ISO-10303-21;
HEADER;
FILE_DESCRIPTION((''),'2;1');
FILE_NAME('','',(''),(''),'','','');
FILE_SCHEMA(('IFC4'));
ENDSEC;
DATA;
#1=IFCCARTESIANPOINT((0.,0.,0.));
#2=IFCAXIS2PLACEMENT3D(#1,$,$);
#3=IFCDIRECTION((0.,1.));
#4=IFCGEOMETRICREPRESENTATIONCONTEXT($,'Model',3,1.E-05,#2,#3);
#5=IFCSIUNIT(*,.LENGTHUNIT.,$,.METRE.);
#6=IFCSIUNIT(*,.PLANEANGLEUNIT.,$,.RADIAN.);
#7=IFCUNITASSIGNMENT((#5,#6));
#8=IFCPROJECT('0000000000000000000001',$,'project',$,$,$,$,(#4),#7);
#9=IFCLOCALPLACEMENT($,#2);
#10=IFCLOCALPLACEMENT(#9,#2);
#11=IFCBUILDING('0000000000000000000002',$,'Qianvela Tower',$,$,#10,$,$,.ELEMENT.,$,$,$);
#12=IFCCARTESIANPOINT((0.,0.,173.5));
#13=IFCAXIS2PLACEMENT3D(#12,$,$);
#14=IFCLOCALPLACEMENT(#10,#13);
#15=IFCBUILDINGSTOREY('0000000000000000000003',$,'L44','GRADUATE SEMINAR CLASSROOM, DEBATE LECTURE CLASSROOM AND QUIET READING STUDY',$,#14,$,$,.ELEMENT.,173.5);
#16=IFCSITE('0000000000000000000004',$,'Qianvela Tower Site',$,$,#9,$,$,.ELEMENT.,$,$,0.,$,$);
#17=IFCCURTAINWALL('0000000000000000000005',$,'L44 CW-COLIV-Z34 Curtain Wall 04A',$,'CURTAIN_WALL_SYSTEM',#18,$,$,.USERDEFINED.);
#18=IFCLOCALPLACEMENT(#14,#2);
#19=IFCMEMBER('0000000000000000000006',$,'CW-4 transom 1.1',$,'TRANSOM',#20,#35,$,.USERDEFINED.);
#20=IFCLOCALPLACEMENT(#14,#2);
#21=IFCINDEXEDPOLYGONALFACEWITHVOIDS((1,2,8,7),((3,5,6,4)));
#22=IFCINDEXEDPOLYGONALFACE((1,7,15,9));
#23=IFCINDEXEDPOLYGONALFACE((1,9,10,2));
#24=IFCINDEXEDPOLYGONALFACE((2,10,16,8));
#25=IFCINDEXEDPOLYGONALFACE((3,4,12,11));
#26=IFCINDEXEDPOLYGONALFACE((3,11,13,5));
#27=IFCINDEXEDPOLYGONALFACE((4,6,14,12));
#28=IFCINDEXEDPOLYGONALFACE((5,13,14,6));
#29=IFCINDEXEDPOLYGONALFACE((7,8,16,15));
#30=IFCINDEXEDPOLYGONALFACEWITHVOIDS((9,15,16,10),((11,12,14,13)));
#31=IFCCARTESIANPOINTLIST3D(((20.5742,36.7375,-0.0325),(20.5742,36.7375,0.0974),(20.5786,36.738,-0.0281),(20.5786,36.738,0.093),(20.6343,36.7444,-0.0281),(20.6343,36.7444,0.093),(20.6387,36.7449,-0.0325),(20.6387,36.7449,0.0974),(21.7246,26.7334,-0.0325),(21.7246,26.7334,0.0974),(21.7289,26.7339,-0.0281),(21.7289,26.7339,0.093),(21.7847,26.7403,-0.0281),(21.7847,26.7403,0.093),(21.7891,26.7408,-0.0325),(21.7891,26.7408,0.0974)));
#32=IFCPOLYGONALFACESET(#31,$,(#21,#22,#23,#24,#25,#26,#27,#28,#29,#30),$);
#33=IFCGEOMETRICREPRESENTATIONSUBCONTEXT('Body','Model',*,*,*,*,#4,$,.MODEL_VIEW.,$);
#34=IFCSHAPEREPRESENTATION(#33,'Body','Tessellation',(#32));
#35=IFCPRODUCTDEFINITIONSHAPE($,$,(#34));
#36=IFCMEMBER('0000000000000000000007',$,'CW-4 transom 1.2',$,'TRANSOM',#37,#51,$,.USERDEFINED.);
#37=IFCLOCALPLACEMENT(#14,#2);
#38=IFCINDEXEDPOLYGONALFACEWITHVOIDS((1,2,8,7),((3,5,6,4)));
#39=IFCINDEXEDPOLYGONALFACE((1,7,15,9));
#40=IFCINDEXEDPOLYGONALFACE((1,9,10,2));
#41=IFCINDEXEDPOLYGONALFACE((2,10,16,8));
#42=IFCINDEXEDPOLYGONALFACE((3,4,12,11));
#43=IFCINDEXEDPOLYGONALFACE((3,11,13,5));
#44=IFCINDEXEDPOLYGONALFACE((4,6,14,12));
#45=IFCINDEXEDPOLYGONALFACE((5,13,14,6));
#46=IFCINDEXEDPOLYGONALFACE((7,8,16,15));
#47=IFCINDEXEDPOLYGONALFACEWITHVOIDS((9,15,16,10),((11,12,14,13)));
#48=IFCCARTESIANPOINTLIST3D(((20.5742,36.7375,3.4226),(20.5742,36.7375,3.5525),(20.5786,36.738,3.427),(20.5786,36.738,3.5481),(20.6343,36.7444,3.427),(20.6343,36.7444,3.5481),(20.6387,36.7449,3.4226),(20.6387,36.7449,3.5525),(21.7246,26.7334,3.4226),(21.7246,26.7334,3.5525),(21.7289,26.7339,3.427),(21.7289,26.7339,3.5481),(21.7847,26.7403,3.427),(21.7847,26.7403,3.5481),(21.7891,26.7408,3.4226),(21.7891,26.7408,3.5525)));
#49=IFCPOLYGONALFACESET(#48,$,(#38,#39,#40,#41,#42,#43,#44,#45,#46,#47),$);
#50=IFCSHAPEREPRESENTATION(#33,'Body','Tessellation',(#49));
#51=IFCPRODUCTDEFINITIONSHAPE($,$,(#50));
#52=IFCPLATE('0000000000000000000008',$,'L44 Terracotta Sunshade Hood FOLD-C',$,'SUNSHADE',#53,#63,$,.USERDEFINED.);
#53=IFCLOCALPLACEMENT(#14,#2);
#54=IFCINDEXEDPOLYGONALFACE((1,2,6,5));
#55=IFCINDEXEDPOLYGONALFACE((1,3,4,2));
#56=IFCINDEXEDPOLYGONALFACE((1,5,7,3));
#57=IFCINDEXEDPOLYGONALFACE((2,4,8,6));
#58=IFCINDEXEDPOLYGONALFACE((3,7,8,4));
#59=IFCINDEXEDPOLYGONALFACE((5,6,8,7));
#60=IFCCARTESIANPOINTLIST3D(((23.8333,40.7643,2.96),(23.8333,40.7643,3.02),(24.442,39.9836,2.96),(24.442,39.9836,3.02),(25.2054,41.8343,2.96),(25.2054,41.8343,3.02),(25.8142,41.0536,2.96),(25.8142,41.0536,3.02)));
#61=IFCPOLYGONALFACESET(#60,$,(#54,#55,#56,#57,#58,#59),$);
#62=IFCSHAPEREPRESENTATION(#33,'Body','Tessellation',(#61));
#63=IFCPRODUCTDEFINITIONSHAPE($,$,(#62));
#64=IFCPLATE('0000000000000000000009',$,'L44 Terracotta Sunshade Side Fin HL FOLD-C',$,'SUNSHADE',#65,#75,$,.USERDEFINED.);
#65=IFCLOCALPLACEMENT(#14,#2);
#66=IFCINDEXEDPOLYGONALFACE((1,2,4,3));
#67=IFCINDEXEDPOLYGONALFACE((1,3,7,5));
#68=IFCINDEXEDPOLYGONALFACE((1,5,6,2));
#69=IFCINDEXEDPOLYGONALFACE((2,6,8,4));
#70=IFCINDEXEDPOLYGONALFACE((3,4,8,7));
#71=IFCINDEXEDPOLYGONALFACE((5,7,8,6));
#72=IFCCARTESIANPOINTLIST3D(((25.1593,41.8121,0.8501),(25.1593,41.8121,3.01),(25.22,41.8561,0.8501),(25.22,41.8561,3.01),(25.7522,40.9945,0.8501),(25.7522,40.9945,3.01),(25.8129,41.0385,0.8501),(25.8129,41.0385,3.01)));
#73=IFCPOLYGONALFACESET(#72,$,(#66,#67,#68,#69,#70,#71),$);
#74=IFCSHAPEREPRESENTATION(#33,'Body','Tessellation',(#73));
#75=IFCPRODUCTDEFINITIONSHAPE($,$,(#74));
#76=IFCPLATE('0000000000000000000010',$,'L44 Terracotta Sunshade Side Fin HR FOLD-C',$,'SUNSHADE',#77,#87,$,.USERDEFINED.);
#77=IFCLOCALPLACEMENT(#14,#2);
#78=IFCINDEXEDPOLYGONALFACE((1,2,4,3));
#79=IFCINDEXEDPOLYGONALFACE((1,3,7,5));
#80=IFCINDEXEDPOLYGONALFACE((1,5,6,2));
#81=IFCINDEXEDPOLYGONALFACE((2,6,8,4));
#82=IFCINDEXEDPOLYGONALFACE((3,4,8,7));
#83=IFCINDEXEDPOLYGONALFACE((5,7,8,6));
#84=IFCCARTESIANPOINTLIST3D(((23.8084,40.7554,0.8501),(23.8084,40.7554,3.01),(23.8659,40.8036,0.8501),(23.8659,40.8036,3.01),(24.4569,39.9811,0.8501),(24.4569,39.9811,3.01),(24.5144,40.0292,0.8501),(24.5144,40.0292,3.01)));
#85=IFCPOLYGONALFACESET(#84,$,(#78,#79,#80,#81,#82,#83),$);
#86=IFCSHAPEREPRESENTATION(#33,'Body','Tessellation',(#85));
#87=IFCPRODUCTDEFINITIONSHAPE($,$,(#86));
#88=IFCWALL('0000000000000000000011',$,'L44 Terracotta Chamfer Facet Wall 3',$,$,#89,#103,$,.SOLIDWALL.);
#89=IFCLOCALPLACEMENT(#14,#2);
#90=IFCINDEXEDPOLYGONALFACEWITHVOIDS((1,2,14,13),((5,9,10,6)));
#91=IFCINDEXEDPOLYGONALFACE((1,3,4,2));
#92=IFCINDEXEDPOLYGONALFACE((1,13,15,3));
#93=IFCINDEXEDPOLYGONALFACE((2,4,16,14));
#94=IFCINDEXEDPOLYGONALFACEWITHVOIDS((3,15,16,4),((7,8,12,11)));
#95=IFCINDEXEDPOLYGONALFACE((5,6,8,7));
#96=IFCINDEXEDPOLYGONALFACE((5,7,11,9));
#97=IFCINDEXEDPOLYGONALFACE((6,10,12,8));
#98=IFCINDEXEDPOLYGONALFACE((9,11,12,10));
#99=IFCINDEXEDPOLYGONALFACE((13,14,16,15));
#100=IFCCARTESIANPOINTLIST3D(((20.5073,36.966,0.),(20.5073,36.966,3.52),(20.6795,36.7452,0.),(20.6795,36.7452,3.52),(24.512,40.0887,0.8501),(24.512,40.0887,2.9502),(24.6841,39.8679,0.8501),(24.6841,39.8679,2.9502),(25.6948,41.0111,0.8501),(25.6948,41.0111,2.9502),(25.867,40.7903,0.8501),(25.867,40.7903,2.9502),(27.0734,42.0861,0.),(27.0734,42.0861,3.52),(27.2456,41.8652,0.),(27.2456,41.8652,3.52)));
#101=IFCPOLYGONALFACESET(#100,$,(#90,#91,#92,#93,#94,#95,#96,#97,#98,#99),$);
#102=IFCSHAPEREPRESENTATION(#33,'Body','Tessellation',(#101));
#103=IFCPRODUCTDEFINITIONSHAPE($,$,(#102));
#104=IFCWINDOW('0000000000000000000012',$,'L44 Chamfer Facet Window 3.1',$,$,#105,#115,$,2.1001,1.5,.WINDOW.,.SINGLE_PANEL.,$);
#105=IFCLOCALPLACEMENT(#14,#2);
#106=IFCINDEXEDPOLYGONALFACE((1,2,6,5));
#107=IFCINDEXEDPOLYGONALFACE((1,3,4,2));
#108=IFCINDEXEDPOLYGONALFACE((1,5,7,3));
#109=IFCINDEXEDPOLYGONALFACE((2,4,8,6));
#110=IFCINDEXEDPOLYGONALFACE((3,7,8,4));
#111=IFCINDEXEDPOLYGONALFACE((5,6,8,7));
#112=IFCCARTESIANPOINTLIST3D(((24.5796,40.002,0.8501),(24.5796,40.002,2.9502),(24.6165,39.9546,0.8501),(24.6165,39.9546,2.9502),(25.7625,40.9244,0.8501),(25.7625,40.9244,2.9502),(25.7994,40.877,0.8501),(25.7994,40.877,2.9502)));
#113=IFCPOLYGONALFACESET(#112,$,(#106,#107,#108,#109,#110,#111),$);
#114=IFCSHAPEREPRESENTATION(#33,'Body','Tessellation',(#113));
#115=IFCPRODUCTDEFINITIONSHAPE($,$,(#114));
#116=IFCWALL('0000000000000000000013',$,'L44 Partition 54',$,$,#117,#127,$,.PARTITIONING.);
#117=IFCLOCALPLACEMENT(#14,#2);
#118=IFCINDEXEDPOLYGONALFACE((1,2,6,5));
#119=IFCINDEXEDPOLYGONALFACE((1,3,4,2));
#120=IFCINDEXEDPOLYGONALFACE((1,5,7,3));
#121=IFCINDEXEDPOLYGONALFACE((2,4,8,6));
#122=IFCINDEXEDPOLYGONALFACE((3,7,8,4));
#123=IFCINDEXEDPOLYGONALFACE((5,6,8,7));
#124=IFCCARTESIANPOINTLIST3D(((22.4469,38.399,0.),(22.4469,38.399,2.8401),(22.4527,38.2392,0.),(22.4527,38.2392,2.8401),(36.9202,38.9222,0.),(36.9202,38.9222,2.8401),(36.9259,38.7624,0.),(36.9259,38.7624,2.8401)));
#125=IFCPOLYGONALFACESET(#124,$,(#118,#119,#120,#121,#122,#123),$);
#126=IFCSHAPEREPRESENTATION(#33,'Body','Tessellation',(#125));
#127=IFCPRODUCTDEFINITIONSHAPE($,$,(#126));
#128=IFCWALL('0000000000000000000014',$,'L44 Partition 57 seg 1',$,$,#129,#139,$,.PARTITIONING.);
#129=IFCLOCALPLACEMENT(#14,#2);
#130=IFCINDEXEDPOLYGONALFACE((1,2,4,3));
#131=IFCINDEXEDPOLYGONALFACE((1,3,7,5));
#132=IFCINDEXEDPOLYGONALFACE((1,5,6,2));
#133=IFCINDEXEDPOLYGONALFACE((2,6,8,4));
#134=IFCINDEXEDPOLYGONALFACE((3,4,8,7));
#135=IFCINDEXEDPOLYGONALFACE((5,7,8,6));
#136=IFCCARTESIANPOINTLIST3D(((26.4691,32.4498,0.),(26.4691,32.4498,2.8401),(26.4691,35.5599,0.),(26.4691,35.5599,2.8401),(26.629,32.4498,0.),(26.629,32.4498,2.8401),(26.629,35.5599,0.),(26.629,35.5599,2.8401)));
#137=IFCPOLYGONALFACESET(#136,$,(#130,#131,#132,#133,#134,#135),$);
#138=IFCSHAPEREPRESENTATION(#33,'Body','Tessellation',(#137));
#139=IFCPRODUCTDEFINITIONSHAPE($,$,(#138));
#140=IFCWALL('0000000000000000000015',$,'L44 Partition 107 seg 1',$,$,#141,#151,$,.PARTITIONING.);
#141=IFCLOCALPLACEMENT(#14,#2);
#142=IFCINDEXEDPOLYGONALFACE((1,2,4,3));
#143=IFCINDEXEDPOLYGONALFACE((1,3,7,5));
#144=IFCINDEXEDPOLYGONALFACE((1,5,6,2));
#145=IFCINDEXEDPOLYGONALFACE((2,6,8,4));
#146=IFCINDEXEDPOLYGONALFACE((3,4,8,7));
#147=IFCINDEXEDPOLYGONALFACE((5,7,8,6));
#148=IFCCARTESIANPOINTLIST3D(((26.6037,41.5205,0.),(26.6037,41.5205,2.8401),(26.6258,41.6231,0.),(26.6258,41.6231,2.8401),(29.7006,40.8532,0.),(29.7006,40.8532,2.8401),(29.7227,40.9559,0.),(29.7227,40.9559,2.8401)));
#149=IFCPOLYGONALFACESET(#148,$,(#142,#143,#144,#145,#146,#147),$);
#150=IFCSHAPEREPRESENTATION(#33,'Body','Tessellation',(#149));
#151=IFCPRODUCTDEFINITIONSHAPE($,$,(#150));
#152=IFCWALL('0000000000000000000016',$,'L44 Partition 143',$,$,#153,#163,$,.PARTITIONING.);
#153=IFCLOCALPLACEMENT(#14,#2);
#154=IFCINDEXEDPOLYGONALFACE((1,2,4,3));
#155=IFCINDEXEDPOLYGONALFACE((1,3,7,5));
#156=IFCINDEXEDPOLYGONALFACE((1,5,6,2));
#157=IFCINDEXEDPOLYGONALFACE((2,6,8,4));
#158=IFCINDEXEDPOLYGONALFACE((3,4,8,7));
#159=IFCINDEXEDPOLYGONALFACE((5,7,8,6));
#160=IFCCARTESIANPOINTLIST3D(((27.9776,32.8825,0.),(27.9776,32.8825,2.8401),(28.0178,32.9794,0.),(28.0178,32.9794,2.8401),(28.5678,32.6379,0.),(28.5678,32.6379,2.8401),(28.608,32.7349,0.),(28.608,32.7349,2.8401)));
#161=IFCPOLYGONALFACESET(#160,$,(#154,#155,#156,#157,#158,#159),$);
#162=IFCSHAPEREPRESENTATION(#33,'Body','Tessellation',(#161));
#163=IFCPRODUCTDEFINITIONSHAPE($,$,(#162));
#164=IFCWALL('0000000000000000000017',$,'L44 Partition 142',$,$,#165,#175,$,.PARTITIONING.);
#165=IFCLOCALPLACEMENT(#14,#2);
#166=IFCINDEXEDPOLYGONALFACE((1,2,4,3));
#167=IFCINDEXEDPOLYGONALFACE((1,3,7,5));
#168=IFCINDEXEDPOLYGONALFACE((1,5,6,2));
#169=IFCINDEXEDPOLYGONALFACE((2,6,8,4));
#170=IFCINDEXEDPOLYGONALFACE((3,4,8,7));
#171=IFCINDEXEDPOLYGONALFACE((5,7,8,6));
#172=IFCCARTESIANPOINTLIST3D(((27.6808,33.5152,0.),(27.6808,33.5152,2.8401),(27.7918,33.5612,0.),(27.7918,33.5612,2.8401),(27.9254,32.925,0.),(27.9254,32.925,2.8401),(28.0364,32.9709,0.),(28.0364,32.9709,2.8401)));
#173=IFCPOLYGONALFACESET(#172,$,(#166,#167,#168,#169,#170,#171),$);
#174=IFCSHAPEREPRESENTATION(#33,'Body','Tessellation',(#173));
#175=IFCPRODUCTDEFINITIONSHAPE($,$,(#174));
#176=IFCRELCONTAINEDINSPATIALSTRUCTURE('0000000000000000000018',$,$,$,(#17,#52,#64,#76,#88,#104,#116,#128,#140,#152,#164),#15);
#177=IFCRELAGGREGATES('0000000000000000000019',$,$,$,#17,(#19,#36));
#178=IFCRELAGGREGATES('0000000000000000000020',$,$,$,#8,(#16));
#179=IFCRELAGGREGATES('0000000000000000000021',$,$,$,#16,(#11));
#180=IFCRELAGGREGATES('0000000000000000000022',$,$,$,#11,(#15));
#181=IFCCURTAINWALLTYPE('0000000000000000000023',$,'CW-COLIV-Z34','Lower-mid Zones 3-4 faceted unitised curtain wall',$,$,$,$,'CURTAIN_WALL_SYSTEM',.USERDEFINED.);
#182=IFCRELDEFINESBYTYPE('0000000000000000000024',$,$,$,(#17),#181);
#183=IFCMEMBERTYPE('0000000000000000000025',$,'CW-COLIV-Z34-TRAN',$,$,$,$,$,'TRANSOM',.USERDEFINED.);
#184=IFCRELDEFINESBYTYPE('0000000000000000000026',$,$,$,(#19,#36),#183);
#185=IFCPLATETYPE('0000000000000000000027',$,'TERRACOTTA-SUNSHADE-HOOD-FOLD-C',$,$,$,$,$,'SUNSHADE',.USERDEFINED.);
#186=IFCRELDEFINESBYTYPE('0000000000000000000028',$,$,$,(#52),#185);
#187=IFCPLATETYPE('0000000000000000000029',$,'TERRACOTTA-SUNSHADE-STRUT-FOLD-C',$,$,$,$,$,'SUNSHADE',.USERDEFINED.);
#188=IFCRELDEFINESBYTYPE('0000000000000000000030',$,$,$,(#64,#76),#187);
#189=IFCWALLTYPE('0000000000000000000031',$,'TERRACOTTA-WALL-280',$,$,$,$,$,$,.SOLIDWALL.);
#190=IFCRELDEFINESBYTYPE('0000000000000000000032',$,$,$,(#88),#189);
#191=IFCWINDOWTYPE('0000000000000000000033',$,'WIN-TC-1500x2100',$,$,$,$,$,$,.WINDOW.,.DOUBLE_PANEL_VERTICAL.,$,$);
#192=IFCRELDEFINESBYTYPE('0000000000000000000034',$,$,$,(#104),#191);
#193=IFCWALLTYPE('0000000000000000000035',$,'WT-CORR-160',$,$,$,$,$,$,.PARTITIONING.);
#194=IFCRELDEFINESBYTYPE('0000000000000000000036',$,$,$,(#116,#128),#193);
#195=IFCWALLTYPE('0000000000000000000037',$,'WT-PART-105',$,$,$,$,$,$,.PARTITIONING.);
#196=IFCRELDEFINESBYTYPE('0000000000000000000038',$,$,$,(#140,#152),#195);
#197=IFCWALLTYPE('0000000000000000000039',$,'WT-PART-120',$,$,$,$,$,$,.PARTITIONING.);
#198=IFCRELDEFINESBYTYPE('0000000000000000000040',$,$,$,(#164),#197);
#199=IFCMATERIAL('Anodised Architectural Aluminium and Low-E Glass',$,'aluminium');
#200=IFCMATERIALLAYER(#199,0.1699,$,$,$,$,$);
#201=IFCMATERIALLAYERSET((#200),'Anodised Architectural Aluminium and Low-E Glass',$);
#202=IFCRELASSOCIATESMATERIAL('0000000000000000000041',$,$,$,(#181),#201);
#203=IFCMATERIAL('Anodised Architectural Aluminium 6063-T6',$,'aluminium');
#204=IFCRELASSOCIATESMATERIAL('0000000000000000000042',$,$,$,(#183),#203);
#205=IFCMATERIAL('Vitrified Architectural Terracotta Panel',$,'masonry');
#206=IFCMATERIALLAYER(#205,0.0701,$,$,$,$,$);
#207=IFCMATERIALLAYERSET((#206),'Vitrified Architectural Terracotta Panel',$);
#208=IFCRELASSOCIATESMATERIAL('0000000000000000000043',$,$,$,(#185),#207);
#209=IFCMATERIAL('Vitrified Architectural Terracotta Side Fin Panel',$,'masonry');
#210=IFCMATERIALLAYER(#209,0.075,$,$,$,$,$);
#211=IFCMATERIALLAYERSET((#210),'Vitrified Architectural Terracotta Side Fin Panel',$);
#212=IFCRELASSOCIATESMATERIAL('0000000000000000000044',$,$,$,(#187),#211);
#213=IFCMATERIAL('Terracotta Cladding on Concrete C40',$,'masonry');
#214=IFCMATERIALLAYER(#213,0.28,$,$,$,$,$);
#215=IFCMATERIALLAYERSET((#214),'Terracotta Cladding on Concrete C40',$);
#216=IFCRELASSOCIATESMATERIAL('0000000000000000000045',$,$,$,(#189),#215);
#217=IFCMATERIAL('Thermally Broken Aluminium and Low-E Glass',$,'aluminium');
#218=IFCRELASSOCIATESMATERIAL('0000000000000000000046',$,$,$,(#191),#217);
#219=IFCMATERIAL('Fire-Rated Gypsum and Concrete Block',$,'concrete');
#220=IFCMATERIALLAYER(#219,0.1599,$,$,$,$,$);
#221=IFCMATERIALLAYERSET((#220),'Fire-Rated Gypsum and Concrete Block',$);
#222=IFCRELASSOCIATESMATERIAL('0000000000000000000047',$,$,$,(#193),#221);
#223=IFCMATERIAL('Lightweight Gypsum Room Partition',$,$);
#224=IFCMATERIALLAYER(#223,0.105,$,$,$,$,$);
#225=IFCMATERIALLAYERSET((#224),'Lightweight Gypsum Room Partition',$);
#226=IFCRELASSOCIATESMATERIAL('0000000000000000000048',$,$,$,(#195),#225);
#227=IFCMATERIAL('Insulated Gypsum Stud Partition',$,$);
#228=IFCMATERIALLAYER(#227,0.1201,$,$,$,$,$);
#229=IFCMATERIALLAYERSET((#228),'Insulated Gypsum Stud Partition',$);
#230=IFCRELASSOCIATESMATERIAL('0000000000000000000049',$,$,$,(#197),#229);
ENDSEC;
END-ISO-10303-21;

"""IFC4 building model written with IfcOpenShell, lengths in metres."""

from ifc_helpers import new_model, si_unit, direction, frame, frame_2d, origin, origin_2d, place, context, subcontext, project, spatial, rectangle, hollow_rectangle, extrude, material, layer, layer_set, material_profile, profile_set, type_object, element, fill, aggregate, save


model = new_model("IFC4")

# Units and contexts
model_context = context("Model", 3, precision=1e-05, world=origin(), true_north=direction((0.0, 1.0)))
body_context = subcontext(model_context, "Body", "Model", "MODEL_VIEW")
ifc_project = project(units=[si_unit("LENGTHUNIT", "METRE"), si_unit("PLANEANGLEUNIT", "RADIAN")], contexts=[model_context])

# Site, building, storey
site_placement = place(None, origin())
site = spatial("IfcSite", under=ifc_project, at=site_placement, Name="Qianvela Tower Site", CompositionType="ELEMENT", RefElevation=0.0)
building_placement = place(site_placement, origin())
building = spatial("IfcBuilding", under=site, at=building_placement, Name="Qianvela Tower", CompositionType="ELEMENT")
storey_placement = place(building_placement, frame((0.0, 0.0, 173.5)))
storey = spatial("IfcBuildingStorey", under=building, at=storey_placement, Name="L44", Description="GRADUATE SEMINAR CLASSROOM, DEBATE LECTURE CLASSROOM AND QUIET READING STUDY", CompositionType="ELEMENT", Elevation=173.5)

# Shared definitions
ifc_material_1 = material(Name="Anodised Architectural Aluminium and Low-E Glass", Category="aluminium")
ifc_layer_1 = layer(ifc_material_1, 0.1699)
ifc_layer_set_1 = layer_set([ifc_layer_1], Name="Anodised Architectural Aluminium and Low-E Glass")
curtain_wall_type = type_object("IfcCurtainWallType", Name="CW-COLIV-Z34", Description="Lower-mid Zones 3-4 faceted unitised curtain wall", ElementType="CURTAIN_WALL_SYSTEM", PredefinedType="USERDEFINED", material=ifc_layer_set_1)

# Curtain wall, members
curtain_wall_1_placement = place(storey_placement, origin())
curtain_wall_1 = element("IfcCurtainWall", 1, at=curtain_wall_1_placement, inside=storey, type_object=curtain_wall_type, Name="L44 CW-COLIV-Z34 Curtain Wall 04A", ObjectType="CURTAIN_WALL_SYSTEM", PredefinedType="USERDEFINED")
ifc_material_2 = material(Name="Anodised Architectural Aluminium 6063-T6", Category="aluminium")
ifc_material_profile_1 = material_profile(ifc_material_2, hollow_rectangle(XDim=0.0649, YDim=0.1299, WallThickness=0.0044, at=origin_2d()), Name="ALU-TRAN-65x130")
ifc_profile_set_1 = profile_set([ifc_material_profile_1], Name="Anodised Architectural Aluminium 6063-T6")
member_type_1 = type_object("IfcMemberType", Name="CW-COLIV-Z34-TRAN", ElementType="TRANSOM", PredefinedType="USERDEFINED", material=ifc_profile_set_1)
member_1_placement = place(storey_placement, frame((20.6064, 36.7412, 0.0325), z_axis=(0.114239, -0.993453, 0.0), x_axis=(0.993453, 0.114239, 0.0)))
member_1 = element("IfcMember", 2, at=member_1_placement, type_object=member_type_1, Name="CW-4 transom 1.1", ObjectType="TRANSOM", PredefinedType="USERDEFINED", context=body_context, shape_type="SweptSolid", body=[
    extrude(hollow_rectangle(XDim=0.0649, YDim=0.1299, WallThickness=0.0044, at=origin_2d()), origin(), (0.0, 0.0, 1.0), 10.0701),
])
member_2_placement = place(storey_placement, frame((20.6064, 36.7412, 3.4875), z_axis=(0.114239, -0.993453, 0.0), x_axis=(0.993453, 0.114239, 0.0)))
member_2 = element("IfcMember", 3, at=member_2_placement, type_object=member_type_1, Name="CW-4 transom 1.2", ObjectType="TRANSOM", PredefinedType="USERDEFINED", context=body_context, shape_type="SweptSolid", body=[
    extrude(hollow_rectangle(XDim=0.0649, YDim=0.1299, WallThickness=0.0044, at=origin_2d()), origin(), (0.0, 0.0, 1.0), 10.0701),
])
aggregate(curtain_wall_1, [member_1, member_2])

# Plates
ifc_material_3 = material(Name="Vitrified Architectural Terracotta Panel", Category="masonry")
ifc_layer_2 = layer(ifc_material_3, 0.0701)
ifc_layer_set_2 = layer_set([ifc_layer_2], Name="Vitrified Architectural Terracotta Panel")
plate_type_1 = type_object("IfcPlateType", Name="TERRACOTTA-SUNSHADE-HOOD-FOLD-C", ElementType="SUNSHADE", PredefinedType="USERDEFINED", material=ifc_layer_set_2)
plate_placement = place(storey_placement, frame((24.8237, 40.9089, 2.96), z_axis=(0.0, 0.0, 1.0), x_axis=(-0.788591, -0.614919, 0.0)))
element("IfcPlate", 4, at=plate_placement, inside=storey, type_object=plate_type_1, Name="L44 Terracotta Sunshade Hood FOLD-C", ObjectType="SUNSHADE", PredefinedType="USERDEFINED", context=body_context, shape_type="SweptSolid", body=[
    extrude(rectangle(XDim=1.74, YDim=0.99, at=origin_2d()), origin(), (0.0, 0.0, 1.0), 0.0601),
])
ifc_material_4 = material(Name="Vitrified Architectural Terracotta Side Fin Panel", Category="masonry")
ifc_layer_3 = layer(ifc_material_4, 0.075)
ifc_layer_set_3 = layer_set([ifc_layer_3], Name="Vitrified Architectural Terracotta Side Fin Panel")
plate_type_2 = type_object("IfcPlateType", Name="TERRACOTTA-SUNSHADE-STRUT-FOLD-C", ElementType="SUNSHADE", PredefinedType="USERDEFINED", material=ifc_layer_set_3)
for number, where, z_axis, x_axis, name in (
    (5, (25.4861, 41.4253, 0.8501), (0.0, 0.0, 1.0), (-0.809571, -0.587023, 0.0), "L44 Terracotta Sunshade Side Fin HL FOLD-C"),
    (6, (24.1614, 40.3923, 0.8501), (0.0, 0.0, 1.0), (-0.76665, -0.642065, 0.0), "L44 Terracotta Sunshade Side Fin HR FOLD-C"),
):
    element("IfcPlate", number, at=place(storey_placement, frame(where, z_axis=z_axis, x_axis=x_axis)), inside=storey, type_object=plate_type_2, Name=name, ObjectType="SUNSHADE", PredefinedType="USERDEFINED", context=body_context, shape_type="SweptSolid", body=[
        extrude(rectangle(XDim=0.075, YDim=1.01, at=origin_2d()), origin(), (0.0, 0.0, 1.0), 2.1599),
    ])

# Wall, opening, window
ifc_material_5 = material(Name="Terracotta Cladding on Concrete C40", Category="masonry")
ifc_layer_4 = layer(ifc_material_5, 0.28)
ifc_layer_set_4 = layer_set([ifc_layer_4], Name="Terracotta Cladding on Concrete C40")
wall_type_1 = type_object("IfcWallType", Name="TERRACOTTA-WALL-280", PredefinedType="SOLIDWALL", material=ifc_layer_set_4)
wall_1_placement = place(storey_placement, frame((27.1594, 41.9756, 0.0), z_axis=(0.0, 0.0, 1.0), x_axis=(-0.788589, -0.614921, 0.0)))
wall_1 = element("IfcWall", 7, at=wall_1_placement, inside=storey, type_object=wall_type_1, Name="L44 Terracotta Chamfer Facet Wall 3", PredefinedType="SOLIDWALL", context=body_context, shape_type="SweptSolid", body=[
    extrude(rectangle(XDim=8.3264, YDim=0.28, at=frame_2d((4.1631, 0.0))), origin(), (0.0, 0.0, 1.0), 3.52),
])
opening_placement = place(wall_1_placement, frame((1.748, 0.0, 0.8501)))
opening = element("IfcOpeningElement", 8, at=opening_placement, cuts=wall_1, PredefinedType="OPENING", context=body_context, shape_type="SweptSolid", body=[
    extrude(rectangle(XDim=1.5, YDim=2.1001, at=frame_2d((0.75, 1.05))), frame((0.0, 0.1499, 0.0), z_axis=(0.0, -1.0, 0.0), x_axis=(1.0, 0.0, 0.0)), (0.0, 0.0, 1.0), 0.3),
])
ifc_material_6 = material(Name="Thermally Broken Aluminium and Low-E Glass", Category="aluminium")
window_type = type_object("IfcWindowType", Name="WIN-TC-1500x2100", PartitioningType="DOUBLE_PANEL_VERTICAL", PredefinedType="WINDOW", material=ifc_material_6)
window_placement = place(opening_placement, origin())
window = element("IfcWindow", 9, at=window_placement, inside=storey, type_object=window_type, Name="L44 Chamfer Facet Window 3.1", OverallHeight=2.1001, OverallWidth=1.5, PartitioningType="SINGLE_PANEL", PredefinedType="WINDOW", context=body_context, shape_type="SweptSolid", body=[
    extrude(rectangle(XDim=1.5, YDim=2.1001, at=frame_2d((0.75, 1.05))), frame((0.0, 0.03, 0.0), z_axis=(0.0, -1.0, 0.0), x_axis=(1.0, 0.0, 0.0)), (0.0, 0.0, 1.0), 0.0601),
])
fill(opening, window)

# Walls
ifc_material_7 = material(Name="Fire-Rated Gypsum and Concrete Block", Category="concrete")
ifc_layer_5 = layer(ifc_material_7, 0.1599)
ifc_layer_set_5 = layer_set([ifc_layer_5], Name="Fire-Rated Gypsum and Concrete Block")
wall_type_2 = type_object("IfcWallType", Name="WT-CORR-160", PredefinedType="PARTITIONING", material=ifc_layer_set_5)
wall_2_placement = place(storey_placement, frame((22.45, 38.3191, 0.0), z_axis=(0.0, 0.0, 1.0), x_axis=(0.999347, 0.036126, 0.0)))
element("IfcWall", 10, at=wall_2_placement, inside=storey, type_object=wall_type_2, Name="L44 Partition 54", PredefinedType="PARTITIONING", context=body_context, shape_type="SweptSolid", body=[
    extrude(rectangle(XDim=14.4827, YDim=0.1599, at=frame_2d((7.2412, 0.0))), origin(), (0.0, 0.0, 1.0), 2.8401),
])
wall_3_placement = place(storey_placement, frame((26.5491, 35.5601, 0.0), z_axis=(0.0, 0.0, 1.0), x_axis=(0.0, -1.0, 0.0)))
element("IfcWall", 11, at=wall_3_placement, inside=storey, type_object=wall_type_2, Name="L44 Partition 57 seg 1", PredefinedType="PARTITIONING", context=body_context, shape_type="SweptSolid", body=[
    extrude(rectangle(XDim=3.1101, YDim=0.1599, at=frame_2d((1.5552, 0.0))), origin(), (0.0, 0.0, 1.0), 2.8401),
])
ifc_material_8 = material(Name="Lightweight Gypsum Room Partition")
ifc_layer_6 = layer(ifc_material_8, 0.105)
ifc_layer_set_6 = layer_set([ifc_layer_6], Name="Lightweight Gypsum Room Partition")
wall_type_3 = type_object("IfcWallType", Name="WT-PART-105", PredefinedType="PARTITIONING", material=ifc_layer_set_6)
wall_4_placement = place(storey_placement, frame((26.6147, 41.5718, 0.0), z_axis=(0.0, 0.0, 1.0), x_axis=(0.977568, -0.210618, 0.0)))
element("IfcWall", 12, at=wall_4_placement, inside=storey, type_object=wall_type_3, Name="L44 Partition 107 seg 1", PredefinedType="PARTITIONING", context=body_context, shape_type="SweptSolid", body=[
    extrude(rectangle(XDim=3.168, YDim=0.105, at=frame_2d((1.584, 0.0))), origin(), (0.0, 0.0, 1.0), 2.8401),
])
wall_5_placement = place(storey_placement, frame((27.9978, 32.9309, 0.0), z_axis=(0.0, 0.0, 1.0), x_axis=(0.923821, -0.382824, 0.0)))
element("IfcWall", 13, at=wall_5_placement, inside=storey, type_object=wall_type_3, Name="L44 Partition 143", PredefinedType="PARTITIONING", context=body_context, shape_type="SweptSolid", body=[
    extrude(rectangle(XDim=0.6389, YDim=0.105, at=frame_2d((0.3193, 0.0))), origin(), (0.0, 0.0, 1.0), 2.8401),
])
ifc_material_9 = material(Name="Insulated Gypsum Stud Partition")
ifc_layer_7 = layer(ifc_material_9, 0.1201)
ifc_layer_set_7 = layer_set([ifc_layer_7], Name="Insulated Gypsum Stud Partition")
wall_type_4 = type_object("IfcWallType", Name="WT-PART-120", PredefinedType="PARTITIONING", material=ifc_layer_set_7)
wall_6_placement = place(storey_placement, frame((27.7363, 33.5381, 0.0), z_axis=(0.0, 0.0, 1.0), x_axis=(0.382824, -0.923821, 0.0)))
element("IfcWall", 14, at=wall_6_placement, inside=storey, type_object=wall_type_4, Name="L44 Partition 142", PredefinedType="PARTITIONING", context=body_context, shape_type="SweptSolid", body=[
    extrude(rectangle(XDim=0.6389, YDim=0.1201, at=frame_2d((0.3193, 0.0))), origin(), (0.0, 0.0, 1.0), 2.8401),
])

save(model, "model.ifc")
